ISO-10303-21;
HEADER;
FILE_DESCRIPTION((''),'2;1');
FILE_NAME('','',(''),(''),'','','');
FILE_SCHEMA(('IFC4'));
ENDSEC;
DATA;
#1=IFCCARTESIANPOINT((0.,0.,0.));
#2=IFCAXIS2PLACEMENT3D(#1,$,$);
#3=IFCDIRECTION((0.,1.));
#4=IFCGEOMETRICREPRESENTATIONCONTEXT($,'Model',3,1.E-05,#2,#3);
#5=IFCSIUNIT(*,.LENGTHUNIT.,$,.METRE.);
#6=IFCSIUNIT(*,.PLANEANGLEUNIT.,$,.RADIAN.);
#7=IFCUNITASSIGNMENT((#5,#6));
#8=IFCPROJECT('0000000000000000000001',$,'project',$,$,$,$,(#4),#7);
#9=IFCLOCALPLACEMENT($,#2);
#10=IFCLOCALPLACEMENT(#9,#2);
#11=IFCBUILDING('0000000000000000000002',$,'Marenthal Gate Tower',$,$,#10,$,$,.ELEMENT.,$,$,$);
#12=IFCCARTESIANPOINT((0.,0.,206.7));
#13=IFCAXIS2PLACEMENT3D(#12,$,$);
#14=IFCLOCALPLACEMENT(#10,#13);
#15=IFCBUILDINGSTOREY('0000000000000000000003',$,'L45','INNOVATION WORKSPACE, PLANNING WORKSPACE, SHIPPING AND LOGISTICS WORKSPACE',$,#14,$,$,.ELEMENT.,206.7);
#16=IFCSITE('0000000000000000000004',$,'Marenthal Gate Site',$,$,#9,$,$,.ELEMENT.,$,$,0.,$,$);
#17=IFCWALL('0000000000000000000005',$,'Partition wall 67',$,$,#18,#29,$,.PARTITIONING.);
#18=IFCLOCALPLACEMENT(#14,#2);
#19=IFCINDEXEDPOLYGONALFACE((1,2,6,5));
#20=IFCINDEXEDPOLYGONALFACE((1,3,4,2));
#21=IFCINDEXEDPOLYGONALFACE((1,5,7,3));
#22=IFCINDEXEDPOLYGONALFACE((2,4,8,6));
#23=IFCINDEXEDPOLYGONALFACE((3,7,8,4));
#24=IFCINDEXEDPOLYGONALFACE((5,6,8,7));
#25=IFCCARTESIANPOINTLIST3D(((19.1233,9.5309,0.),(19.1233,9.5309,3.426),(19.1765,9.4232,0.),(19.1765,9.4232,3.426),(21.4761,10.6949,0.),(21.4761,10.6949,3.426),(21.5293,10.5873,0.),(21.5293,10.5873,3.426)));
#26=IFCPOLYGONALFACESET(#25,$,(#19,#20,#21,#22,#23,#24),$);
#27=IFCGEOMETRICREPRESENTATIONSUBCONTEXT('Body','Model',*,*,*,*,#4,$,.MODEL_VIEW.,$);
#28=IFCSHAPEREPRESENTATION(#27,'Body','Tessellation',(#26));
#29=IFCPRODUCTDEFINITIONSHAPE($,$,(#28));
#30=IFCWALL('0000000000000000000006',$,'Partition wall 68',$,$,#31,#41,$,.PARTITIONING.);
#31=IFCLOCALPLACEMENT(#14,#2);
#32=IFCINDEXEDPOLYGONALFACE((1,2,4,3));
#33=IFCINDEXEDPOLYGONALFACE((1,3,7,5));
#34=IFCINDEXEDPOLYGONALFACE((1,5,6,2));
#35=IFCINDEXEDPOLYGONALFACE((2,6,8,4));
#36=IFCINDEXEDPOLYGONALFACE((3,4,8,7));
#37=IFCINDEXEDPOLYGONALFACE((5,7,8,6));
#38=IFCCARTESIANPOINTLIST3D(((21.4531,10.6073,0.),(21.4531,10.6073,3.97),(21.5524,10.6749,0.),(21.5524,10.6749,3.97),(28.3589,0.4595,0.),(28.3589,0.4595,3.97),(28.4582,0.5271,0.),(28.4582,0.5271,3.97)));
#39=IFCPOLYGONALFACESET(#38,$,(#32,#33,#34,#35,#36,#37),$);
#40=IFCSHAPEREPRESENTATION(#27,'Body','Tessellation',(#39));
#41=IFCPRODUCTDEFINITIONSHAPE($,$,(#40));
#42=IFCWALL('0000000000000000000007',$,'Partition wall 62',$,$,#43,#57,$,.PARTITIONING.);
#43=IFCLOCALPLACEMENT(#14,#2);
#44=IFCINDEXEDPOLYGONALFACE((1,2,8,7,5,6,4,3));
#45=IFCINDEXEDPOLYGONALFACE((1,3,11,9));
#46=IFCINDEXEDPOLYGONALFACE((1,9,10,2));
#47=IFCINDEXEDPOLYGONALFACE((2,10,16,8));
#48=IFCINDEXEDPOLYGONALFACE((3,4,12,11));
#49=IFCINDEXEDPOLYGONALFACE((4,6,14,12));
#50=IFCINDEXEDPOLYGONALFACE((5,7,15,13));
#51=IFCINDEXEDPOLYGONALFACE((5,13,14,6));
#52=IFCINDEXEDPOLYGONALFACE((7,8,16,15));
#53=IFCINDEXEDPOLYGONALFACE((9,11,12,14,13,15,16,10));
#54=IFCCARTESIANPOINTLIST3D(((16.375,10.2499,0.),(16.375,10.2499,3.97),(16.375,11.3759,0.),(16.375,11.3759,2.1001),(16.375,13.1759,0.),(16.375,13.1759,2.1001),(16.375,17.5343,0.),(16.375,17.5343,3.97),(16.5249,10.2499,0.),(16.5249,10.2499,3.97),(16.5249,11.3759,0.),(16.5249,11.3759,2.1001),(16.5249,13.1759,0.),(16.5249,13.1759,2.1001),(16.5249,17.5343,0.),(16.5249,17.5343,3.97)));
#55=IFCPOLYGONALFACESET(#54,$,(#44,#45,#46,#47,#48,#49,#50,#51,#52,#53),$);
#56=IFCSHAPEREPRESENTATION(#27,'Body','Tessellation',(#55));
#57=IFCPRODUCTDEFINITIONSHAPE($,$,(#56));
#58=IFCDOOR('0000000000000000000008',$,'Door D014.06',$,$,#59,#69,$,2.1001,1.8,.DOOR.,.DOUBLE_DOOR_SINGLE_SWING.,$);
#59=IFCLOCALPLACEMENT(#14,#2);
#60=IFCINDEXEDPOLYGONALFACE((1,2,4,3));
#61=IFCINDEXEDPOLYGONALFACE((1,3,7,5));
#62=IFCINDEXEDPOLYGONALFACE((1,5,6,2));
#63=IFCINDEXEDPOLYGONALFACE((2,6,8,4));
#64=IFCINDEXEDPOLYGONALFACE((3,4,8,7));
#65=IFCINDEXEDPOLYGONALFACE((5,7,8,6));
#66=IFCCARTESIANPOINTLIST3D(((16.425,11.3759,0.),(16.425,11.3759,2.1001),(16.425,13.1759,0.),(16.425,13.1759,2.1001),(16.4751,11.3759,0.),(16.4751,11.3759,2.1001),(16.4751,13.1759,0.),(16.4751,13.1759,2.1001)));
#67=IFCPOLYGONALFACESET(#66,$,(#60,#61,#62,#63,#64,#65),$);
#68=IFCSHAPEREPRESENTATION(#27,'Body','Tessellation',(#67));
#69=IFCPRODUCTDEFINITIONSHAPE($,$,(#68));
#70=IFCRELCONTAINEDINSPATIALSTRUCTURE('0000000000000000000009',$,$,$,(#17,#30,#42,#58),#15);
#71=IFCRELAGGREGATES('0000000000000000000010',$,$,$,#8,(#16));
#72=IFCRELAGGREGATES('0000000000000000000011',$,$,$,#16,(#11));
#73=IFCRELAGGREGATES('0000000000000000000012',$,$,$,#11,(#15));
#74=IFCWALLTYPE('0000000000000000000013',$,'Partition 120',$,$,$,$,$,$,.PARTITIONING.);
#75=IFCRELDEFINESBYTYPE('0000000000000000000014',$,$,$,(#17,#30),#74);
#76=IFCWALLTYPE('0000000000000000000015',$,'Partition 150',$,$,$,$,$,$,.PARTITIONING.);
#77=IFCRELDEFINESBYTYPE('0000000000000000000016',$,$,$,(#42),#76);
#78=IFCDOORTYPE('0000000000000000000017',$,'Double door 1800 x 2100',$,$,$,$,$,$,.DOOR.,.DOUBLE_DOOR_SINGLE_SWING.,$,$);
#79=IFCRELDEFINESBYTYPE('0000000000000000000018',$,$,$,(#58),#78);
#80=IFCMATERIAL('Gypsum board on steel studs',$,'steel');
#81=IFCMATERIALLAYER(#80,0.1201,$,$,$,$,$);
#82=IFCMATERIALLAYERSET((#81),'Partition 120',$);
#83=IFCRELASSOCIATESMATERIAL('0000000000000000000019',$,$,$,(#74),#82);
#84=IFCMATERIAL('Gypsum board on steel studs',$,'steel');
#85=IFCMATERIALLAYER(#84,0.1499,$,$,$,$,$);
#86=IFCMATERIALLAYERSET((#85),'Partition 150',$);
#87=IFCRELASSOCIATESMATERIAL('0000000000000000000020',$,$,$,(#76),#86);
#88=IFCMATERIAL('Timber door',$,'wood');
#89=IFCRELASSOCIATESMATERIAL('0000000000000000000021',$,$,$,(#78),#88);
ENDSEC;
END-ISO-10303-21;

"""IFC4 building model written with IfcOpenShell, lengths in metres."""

from ifc_helpers import new_model, si_unit, direction, frame, frame_2d, origin, place, context, subcontext, project, spatial, rectangle, extrude, material, layer, layer_set, type_object, element, fill, save


model = new_model("IFC4")

# Units and contexts
model_context = context("Model", 3, precision=1e-05, world=origin(), true_north=direction((0.0, 1.0)))
body_context = subcontext(model_context, "Body", "Model", "MODEL_VIEW")
ifc_project = project(units=[si_unit("LENGTHUNIT", "METRE"), si_unit("PLANEANGLEUNIT", "RADIAN")], contexts=[model_context])

# Site, building, storey
site_placement = place(None, origin())
site = spatial("IfcSite", under=ifc_project, at=site_placement, Name="Marenthal Gate Site", CompositionType="ELEMENT", RefElevation=0.0)
building_placement = place(site_placement, origin())
building = spatial("IfcBuilding", under=site, at=building_placement, Name="Marenthal Gate Tower", CompositionType="ELEMENT")
storey_placement = place(building_placement, frame((0.0, 0.0, 206.7)))
storey = spatial("IfcBuildingStorey", under=building, at=storey_placement, Name="L45", Description="INNOVATION WORKSPACE, PLANNING WORKSPACE, SHIPPING AND LOGISTICS WORKSPACE", CompositionType="ELEMENT", Elevation=206.7)

# Walls
ifc_material_1 = material(Name="Gypsum board on steel studs", Category="steel")
ifc_layer_1 = layer(ifc_material_1, 0.1201)
ifc_layer_set_1 = layer_set([ifc_layer_1], Name="Partition 120")
wall_type_1 = type_object("IfcWallType", Name="Partition 120", PredefinedType="PARTITIONING", material=ifc_layer_set_1)
wall_1_placement = place(storey_placement, frame((21.5027, 10.6411, 0.0), z_axis=(0.0, 0.0, 1.0), x_axis=(-0.896298, -0.443452, 0.0)))
element("IfcWall", 1, at=wall_1_placement, inside=storey, type_object=wall_type_1, Name="Partition wall 67", PredefinedType="PARTITIONING", context=body_context, shape_type="SweptSolid", body=[
    extrude(rectangle(XDim=2.625, YDim=0.1201, at=frame_2d((1.3125, 0.0))), origin(), (0.0, 0.0, 1.0), 3.426),
])
wall_2_placement = place(storey_placement, frame((28.4084, 0.4934, 0.0), z_axis=(0.0, 0.0, 1.0), x_axis=(-0.562606, 0.826725, 0.0)))
element("IfcWall", 2, at=wall_2_placement, inside=storey, type_object=wall_type_1, Name="Partition wall 68", PredefinedType="PARTITIONING", context=body_context, shape_type="SweptSolid", body=[
    extrude(rectangle(XDim=12.2747, YDim=0.1201, at=frame_2d((6.1372, 0.0))), origin(), (0.0, 0.0, 1.0), 3.97),
])

# Wall, opening, door
ifc_material_2 = material(Name="Gypsum board on steel studs", Category="steel")
ifc_layer_2 = layer(ifc_material_2, 0.1499)
ifc_layer_set_2 = layer_set([ifc_layer_2], Name="Partition 150")
wall_type_2 = type_object("IfcWallType", Name="Partition 150", PredefinedType="PARTITIONING", material=ifc_layer_set_2)
wall_3_placement = place(storey_placement, frame((16.45, 10.25, 0.0), z_axis=(0.0, 0.0, 1.0), x_axis=(0.0, 1.0, 0.0)))
wall_3 = element("IfcWall", 3, at=wall_3_placement, inside=storey, type_object=wall_type_2, Name="Partition wall 62", PredefinedType="PARTITIONING", context=body_context, shape_type="SweptSolid", body=[
    extrude(rectangle(XDim=7.2844, YDim=0.1499, at=frame_2d((3.6421, 0.0))), origin(), (0.0, 0.0, 1.0), 3.97),
])
opening_placement = place(wall_3_placement, frame((1.126, 0.0, 0.0)))
opening = element("IfcOpeningElement", 4, at=opening_placement, cuts=wall_3, PredefinedType="OPENING", context=body_context, shape_type="SweptSolid", body=[
    extrude(rectangle(XDim=1.8, YDim=2.1001, at=frame_2d((0.8999, 1.05))), frame((0.0, 0.085, 0.0), z_axis=(0.0, -1.0, 0.0), x_axis=(1.0, 0.0, 0.0)), (0.0, 0.0, 1.0), 0.1699),
])
ifc_material_3 = material(Name="Timber door", Category="wood")
door_type = type_object("IfcDoorType", Name="Double door 1800 x 2100", OperationType="DOUBLE_DOOR_SINGLE_SWING", PredefinedType="DOOR", material=ifc_material_3)
door_placement = place(opening_placement, origin())
door = element("IfcDoor", 5, at=door_placement, inside=storey, type_object=door_type, Name="Door D014.06", OperationType="DOUBLE_DOOR_SINGLE_SWING", OverallHeight=2.1001, OverallWidth=1.8, PredefinedType="DOOR", context=body_context, shape_type="SweptSolid", body=[
    extrude(rectangle(XDim=1.8, YDim=2.1001, at=frame_2d((0.8999, 1.05))), frame((0.0, 0.0249, 0.0), z_axis=(0.0, -1.0, 0.0), x_axis=(1.0, 0.0, 0.0)), (0.0, 0.0, 1.0), 0.05),
])
fill(opening, door)

save(model, "model.ifc")
